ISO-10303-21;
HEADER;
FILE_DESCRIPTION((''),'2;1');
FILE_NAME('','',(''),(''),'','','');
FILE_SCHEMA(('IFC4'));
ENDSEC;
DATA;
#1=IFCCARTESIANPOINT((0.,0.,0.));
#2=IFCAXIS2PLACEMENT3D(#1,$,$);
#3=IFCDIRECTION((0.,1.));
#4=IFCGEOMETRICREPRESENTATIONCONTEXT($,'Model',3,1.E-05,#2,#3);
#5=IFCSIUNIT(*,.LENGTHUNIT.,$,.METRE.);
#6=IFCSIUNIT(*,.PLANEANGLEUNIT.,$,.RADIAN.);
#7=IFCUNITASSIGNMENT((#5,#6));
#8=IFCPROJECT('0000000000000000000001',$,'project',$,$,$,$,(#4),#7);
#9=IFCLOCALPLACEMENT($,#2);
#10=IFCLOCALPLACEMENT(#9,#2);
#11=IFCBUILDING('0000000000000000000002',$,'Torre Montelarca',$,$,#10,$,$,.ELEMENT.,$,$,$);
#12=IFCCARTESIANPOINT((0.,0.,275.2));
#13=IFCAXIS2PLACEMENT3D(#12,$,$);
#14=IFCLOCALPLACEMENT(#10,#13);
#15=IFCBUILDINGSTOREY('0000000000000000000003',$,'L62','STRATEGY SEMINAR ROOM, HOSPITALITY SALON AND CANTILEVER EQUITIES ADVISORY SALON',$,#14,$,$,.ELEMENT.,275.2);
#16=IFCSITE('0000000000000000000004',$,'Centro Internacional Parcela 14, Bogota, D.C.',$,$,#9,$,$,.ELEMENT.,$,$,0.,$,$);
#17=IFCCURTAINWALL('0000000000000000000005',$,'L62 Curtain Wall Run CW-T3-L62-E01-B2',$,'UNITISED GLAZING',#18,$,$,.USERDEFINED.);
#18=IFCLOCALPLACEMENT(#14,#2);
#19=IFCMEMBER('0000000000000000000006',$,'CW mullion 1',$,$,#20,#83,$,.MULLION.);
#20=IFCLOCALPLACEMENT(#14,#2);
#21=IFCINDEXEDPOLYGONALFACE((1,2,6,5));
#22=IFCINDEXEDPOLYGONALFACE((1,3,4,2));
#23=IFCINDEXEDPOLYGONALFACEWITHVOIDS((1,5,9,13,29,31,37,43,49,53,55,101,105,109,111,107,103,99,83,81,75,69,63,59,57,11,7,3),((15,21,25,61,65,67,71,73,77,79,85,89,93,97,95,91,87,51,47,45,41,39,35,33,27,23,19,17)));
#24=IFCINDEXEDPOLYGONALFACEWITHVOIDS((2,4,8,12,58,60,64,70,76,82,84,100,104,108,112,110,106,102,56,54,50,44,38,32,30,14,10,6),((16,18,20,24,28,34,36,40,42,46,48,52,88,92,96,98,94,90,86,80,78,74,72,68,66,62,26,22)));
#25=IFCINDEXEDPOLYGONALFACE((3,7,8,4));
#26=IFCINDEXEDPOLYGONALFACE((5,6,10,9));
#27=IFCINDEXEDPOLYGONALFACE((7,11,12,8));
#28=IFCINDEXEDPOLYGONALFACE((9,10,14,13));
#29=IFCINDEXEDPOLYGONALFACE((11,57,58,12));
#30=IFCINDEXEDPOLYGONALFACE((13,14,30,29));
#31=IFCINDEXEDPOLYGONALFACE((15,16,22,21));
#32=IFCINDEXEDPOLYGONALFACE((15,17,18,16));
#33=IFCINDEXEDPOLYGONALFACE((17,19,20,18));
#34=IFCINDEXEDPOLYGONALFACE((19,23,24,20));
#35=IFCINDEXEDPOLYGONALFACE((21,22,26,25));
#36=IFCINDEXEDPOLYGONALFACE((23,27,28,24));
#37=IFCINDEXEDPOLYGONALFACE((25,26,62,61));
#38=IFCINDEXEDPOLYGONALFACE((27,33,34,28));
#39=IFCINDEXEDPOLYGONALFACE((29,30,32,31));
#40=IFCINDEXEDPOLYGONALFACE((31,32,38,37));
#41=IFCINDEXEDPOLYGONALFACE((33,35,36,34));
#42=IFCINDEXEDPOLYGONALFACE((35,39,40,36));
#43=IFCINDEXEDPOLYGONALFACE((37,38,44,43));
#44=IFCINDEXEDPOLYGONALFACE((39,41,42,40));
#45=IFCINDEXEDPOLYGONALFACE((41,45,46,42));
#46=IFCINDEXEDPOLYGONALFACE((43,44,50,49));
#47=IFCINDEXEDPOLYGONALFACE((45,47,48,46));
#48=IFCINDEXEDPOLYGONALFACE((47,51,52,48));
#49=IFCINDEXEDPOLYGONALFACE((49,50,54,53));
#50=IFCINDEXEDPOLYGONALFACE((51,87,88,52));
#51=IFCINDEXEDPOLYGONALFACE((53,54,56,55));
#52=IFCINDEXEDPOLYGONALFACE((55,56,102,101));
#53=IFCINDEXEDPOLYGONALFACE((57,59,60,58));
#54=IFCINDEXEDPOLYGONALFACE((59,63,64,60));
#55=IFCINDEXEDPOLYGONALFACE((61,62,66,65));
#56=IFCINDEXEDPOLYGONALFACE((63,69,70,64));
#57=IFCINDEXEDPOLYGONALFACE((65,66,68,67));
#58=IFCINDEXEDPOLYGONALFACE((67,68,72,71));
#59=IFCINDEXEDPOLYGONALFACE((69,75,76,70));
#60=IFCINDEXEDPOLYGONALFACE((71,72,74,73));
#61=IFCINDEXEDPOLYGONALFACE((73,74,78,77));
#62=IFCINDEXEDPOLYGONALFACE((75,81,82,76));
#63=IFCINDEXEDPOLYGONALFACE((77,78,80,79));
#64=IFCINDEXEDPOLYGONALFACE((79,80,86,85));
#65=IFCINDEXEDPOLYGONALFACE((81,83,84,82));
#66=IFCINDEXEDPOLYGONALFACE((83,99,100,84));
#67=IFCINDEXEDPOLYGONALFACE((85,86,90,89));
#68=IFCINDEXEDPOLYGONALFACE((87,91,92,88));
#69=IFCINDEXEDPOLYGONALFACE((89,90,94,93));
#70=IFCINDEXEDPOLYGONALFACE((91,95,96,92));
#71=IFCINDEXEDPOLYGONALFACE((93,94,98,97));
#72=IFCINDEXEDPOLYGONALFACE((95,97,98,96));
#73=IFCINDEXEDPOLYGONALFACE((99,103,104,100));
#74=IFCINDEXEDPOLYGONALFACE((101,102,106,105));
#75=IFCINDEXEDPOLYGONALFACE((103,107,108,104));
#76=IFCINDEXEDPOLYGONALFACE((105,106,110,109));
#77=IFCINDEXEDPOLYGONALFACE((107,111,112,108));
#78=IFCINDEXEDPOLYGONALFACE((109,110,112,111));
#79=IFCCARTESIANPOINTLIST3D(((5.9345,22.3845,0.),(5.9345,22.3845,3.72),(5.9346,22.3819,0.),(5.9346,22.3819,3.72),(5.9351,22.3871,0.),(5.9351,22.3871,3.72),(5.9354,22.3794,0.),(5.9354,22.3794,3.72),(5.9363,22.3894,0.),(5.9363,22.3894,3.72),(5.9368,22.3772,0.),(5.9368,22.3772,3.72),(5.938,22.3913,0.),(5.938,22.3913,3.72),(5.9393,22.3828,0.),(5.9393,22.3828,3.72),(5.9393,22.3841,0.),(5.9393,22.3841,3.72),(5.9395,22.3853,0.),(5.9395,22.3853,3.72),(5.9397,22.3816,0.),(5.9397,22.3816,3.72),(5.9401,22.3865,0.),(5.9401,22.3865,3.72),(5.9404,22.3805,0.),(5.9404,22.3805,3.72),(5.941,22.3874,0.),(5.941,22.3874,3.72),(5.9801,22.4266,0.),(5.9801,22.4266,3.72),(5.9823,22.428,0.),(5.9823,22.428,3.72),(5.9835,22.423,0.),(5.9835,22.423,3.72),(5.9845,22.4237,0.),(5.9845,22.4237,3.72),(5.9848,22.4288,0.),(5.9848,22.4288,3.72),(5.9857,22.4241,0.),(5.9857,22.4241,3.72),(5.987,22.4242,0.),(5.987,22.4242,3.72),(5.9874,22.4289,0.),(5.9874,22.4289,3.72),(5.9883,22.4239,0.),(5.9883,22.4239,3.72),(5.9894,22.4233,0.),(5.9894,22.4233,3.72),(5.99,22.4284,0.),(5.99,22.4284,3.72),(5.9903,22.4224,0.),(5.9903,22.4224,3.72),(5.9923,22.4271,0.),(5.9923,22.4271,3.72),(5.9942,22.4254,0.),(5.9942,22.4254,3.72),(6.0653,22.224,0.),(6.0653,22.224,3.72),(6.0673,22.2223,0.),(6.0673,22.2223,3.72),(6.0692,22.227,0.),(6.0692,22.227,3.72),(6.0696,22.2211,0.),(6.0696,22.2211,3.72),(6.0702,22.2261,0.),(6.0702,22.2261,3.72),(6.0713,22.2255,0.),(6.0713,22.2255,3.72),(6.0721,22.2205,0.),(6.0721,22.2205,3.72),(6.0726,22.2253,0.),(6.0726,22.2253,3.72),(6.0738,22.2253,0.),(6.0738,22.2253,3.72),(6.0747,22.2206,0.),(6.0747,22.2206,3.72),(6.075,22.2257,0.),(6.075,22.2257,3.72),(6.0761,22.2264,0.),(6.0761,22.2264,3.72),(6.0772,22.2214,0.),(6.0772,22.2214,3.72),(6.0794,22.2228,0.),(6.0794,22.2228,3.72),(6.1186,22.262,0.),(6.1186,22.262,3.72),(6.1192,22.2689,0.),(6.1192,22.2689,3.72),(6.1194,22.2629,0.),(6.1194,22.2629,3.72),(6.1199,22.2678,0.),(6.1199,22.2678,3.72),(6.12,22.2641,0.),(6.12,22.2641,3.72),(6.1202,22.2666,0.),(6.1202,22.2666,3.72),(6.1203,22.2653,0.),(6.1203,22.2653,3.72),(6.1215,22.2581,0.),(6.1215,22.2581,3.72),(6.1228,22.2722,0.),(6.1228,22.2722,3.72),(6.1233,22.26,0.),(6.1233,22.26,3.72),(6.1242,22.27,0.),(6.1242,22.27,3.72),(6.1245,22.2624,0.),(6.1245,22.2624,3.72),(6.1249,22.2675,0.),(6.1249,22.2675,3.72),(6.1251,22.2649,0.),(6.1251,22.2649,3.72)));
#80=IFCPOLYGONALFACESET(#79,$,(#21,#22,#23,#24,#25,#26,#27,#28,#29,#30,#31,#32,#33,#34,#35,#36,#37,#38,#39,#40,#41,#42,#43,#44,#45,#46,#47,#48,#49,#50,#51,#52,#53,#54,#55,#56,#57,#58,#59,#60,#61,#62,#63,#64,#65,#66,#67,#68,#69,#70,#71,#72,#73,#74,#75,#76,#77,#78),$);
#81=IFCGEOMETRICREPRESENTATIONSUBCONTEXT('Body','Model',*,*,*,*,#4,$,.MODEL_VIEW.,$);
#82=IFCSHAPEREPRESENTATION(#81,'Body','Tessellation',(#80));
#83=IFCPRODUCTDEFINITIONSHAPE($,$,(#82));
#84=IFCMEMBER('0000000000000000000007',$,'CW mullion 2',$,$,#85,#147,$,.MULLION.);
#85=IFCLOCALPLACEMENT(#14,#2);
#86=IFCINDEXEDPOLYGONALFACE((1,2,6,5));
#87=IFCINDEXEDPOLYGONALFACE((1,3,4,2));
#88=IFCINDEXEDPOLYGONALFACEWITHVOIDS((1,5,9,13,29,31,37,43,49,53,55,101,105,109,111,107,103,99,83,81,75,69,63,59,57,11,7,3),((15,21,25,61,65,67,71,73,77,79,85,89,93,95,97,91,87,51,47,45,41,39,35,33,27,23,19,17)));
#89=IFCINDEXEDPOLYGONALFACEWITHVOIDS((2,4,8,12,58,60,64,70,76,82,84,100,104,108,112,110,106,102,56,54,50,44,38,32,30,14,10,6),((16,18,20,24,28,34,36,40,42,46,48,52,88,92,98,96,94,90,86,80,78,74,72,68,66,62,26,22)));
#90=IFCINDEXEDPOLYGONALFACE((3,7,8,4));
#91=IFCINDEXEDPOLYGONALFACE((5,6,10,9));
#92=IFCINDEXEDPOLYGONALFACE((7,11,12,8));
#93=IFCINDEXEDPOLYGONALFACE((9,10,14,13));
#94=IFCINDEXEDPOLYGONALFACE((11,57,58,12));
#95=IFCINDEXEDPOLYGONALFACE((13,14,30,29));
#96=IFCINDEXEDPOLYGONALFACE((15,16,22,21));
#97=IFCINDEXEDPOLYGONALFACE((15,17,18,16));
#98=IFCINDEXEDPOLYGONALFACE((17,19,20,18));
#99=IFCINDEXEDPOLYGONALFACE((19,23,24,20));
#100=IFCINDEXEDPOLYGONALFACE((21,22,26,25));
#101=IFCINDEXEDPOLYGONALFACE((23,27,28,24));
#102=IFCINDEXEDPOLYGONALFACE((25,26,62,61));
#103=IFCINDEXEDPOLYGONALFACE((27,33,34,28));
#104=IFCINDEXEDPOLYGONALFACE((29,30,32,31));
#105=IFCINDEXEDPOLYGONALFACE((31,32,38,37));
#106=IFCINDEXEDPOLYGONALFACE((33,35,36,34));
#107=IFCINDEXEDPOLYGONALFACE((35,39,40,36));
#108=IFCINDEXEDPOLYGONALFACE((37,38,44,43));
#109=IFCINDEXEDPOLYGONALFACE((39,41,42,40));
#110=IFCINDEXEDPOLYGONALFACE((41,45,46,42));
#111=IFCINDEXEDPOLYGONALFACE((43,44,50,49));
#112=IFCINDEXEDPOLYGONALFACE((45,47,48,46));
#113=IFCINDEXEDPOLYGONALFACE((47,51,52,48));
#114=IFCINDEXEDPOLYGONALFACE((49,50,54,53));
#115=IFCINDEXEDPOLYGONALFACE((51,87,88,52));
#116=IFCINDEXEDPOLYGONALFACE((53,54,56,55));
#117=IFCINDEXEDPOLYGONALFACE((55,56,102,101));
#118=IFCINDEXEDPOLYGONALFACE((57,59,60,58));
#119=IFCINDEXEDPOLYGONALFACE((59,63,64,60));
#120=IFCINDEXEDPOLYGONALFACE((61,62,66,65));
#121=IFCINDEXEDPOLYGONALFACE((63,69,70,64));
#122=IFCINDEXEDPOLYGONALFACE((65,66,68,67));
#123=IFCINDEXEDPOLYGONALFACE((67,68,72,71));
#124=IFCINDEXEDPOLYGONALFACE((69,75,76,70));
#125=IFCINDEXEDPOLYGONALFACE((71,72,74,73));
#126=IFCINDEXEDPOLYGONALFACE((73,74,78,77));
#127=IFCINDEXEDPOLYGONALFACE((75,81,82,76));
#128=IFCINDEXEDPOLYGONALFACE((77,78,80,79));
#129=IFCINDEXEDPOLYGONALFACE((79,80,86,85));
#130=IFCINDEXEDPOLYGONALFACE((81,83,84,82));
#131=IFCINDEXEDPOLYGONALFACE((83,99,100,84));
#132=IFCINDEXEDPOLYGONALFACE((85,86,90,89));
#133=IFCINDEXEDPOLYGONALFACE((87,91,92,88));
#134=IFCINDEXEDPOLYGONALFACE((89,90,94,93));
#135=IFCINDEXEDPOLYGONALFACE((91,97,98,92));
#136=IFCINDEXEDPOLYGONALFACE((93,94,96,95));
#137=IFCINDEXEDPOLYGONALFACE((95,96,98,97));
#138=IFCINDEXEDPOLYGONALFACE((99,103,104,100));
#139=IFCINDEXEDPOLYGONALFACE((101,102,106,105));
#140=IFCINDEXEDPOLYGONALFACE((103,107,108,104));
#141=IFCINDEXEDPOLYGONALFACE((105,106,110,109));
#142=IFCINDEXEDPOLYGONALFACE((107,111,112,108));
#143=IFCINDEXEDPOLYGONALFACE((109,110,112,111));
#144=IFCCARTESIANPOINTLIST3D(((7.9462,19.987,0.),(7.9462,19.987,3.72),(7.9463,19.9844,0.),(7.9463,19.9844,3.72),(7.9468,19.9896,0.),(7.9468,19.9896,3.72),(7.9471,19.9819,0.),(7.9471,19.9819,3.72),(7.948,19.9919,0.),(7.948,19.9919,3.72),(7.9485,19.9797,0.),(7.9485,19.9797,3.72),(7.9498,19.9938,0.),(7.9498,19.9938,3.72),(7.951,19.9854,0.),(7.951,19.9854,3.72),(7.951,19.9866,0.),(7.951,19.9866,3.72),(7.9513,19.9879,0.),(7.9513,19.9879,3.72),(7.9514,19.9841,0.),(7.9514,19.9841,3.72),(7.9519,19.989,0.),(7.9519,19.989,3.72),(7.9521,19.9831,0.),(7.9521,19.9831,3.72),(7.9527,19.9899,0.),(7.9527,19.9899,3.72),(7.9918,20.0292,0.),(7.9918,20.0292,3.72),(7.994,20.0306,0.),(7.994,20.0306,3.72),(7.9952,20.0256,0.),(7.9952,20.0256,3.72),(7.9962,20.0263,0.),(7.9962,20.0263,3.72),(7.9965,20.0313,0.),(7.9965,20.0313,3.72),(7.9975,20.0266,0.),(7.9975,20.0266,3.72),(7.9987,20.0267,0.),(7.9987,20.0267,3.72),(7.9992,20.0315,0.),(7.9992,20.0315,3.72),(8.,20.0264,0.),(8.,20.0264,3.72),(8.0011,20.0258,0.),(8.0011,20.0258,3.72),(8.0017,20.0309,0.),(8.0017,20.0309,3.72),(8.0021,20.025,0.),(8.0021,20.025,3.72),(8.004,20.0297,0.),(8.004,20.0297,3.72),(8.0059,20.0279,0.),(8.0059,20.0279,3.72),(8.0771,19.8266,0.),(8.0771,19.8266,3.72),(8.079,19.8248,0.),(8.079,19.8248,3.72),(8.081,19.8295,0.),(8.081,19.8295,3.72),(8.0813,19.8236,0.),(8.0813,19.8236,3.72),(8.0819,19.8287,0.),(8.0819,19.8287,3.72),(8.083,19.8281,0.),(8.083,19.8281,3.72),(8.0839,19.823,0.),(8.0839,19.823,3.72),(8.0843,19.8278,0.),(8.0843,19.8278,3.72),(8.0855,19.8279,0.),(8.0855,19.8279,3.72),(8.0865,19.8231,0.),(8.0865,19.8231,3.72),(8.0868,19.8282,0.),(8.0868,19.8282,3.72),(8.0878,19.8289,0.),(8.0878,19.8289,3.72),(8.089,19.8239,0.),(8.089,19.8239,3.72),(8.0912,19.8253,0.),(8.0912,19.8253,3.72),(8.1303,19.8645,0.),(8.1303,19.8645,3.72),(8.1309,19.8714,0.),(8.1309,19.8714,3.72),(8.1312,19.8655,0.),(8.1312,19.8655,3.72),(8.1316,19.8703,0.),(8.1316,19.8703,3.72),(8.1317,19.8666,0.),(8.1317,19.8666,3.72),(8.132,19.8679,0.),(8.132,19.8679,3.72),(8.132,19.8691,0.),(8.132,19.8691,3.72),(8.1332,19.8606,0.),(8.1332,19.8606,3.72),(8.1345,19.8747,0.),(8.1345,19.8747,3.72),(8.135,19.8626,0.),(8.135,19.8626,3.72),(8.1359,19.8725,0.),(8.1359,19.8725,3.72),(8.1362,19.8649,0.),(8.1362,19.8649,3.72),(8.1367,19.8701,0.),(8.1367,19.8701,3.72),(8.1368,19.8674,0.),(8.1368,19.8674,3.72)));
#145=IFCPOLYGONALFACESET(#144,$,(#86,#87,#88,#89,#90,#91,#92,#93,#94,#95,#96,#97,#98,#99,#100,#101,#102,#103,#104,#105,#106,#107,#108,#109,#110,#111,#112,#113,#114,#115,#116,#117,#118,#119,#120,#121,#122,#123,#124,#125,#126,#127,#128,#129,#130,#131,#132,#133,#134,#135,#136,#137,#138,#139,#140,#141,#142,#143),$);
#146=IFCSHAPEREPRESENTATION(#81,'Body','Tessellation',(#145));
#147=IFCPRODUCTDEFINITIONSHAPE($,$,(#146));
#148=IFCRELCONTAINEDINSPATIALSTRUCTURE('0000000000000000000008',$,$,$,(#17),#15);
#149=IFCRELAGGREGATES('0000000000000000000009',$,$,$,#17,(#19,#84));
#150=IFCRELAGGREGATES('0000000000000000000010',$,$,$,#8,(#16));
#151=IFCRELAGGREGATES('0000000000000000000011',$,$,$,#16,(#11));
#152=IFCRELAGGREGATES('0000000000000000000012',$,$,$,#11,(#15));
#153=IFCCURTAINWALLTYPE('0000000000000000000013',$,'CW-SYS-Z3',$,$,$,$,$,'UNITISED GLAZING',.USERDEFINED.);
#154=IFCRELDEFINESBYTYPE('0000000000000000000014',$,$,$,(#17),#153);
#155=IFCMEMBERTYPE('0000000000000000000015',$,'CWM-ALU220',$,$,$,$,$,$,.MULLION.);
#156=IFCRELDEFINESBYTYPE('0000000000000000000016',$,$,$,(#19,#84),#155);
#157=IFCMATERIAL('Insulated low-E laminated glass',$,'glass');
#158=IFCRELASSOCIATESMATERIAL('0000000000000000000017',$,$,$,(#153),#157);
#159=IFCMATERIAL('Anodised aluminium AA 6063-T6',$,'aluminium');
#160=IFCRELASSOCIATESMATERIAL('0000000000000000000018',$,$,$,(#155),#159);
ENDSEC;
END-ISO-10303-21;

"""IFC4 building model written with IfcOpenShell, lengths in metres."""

from ifc_helpers import new_model, si_unit, direction, frame, origin, origin_2d, place, context, subcontext, project, spatial, hollow_rectangle, extrude, source, transform, mapped, material, material_profile, profile_set, type_object, element, aggregate, save


model = new_model("IFC4")

# Units and contexts
model_context = context("Model", 3, precision=1e-05, world=origin(), true_north=direction((0.0, 1.0)))
body_context = subcontext(model_context, "Body", "Model", "MODEL_VIEW")
ifc_project = project(units=[si_unit("LENGTHUNIT", "METRE"), si_unit("PLANEANGLEUNIT", "RADIAN")], contexts=[model_context])

# Site, building, storey
site_placement = place(None, origin())
site = spatial("IfcSite", under=ifc_project, at=site_placement, Name="Centro Internacional Parcela 14, Bogota, D.C.", CompositionType="ELEMENT", RefElevation=0.0)
building_placement = place(site_placement, origin())
building = spatial("IfcBuilding", under=site, at=building_placement, Name="Torre Montelarca", CompositionType="ELEMENT")
storey_placement = place(building_placement, frame((0.0, 0.0, 275.2)))
storey = spatial("IfcBuildingStorey", under=building, at=storey_placement, Name="L62", Description="STRATEGY SEMINAR ROOM, HOSPITALITY SALON AND CANTILEVER EQUITIES ADVISORY SALON", CompositionType="ELEMENT", Elevation=275.2)

# Curtain wall, members
ifc_material_1 = material(Name="Insulated low-E laminated glass", Category="glass")
curtain_wall_type = type_object("IfcCurtainWallType", Name="CW-SYS-Z3", ElementType="UNITISED GLAZING", PredefinedType="USERDEFINED", material=ifc_material_1)
ifc_material_2 = material(Name="Anodised aluminium AA 6063-T6", Category="aluminium")
ifc_material_profile_1 = material_profile(ifc_material_2, hollow_rectangle(XDim=0.075, YDim=0.22, WallThickness=0.0049, InnerFilletRadius=0.0049, OuterFilletRadius=0.01, at=origin_2d()), Name="ALU75X220X5", Category="aluminium")
ifc_profile_set_1 = profile_set([ifc_material_profile_1], Name="Anodised aluminium AA 6063-T6")
member_type_1 = type_object("IfcMemberType", Name="CWM-ALU220", PredefinedType="MULLION", material=ifc_profile_set_1)
shared_shape_1 = source(origin(), body_context, "Body", "SweptSolid", [
    extrude(hollow_rectangle(XDim=0.075, YDim=0.22, WallThickness=0.0049, InnerFilletRadius=0.0049, OuterFilletRadius=0.01, at=origin_2d()), origin(), (0.0, 0.0, 1.0), 3.72),
])
curtain_wall_1_placement = place(storey_placement, origin())
curtain_wall_1 = element("IfcCurtainWall", 1, at=curtain_wall_1_placement, inside=storey, type_object=curtain_wall_type, Name="L62 Curtain Wall Run CW-T3-L62-E01-B2", ObjectType="UNITISED GLAZING", PredefinedType="USERDEFINED")
member_1_placement = place(storey_placement, frame((6.0298, 22.3247, 0.0), z_axis=(0.0, 0.0, 1.0), x_axis=(0.76604, 0.642793, 0.0)))
member_1 = element("IfcMember", 2, at=member_1_placement, type_object=member_type_1, Name="CW mullion 1", PredefinedType="MULLION", context=body_context, shape_type="MappedRepresentation", body=[
    mapped(shared_shape_1, transform((0.0, 0.0, 0.0), scale=1.0)),
])
member_2_placement = place(storey_placement, frame((8.0415, 19.9272, 0.0), z_axis=(0.0, 0.0, 1.0), x_axis=(0.76604, 0.642793, 0.0)))
member_2 = element("IfcMember", 3, at=member_2_placement, type_object=member_type_1, Name="CW mullion 2", PredefinedType="MULLION", context=body_context, shape_type="MappedRepresentation", body=[
    mapped(shared_shape_1, transform((0.0, 0.0, 0.0), scale=1.0)),
])

aggregate(curtain_wall_1, [member_1, member_2])

save(model, "model.ifc")
